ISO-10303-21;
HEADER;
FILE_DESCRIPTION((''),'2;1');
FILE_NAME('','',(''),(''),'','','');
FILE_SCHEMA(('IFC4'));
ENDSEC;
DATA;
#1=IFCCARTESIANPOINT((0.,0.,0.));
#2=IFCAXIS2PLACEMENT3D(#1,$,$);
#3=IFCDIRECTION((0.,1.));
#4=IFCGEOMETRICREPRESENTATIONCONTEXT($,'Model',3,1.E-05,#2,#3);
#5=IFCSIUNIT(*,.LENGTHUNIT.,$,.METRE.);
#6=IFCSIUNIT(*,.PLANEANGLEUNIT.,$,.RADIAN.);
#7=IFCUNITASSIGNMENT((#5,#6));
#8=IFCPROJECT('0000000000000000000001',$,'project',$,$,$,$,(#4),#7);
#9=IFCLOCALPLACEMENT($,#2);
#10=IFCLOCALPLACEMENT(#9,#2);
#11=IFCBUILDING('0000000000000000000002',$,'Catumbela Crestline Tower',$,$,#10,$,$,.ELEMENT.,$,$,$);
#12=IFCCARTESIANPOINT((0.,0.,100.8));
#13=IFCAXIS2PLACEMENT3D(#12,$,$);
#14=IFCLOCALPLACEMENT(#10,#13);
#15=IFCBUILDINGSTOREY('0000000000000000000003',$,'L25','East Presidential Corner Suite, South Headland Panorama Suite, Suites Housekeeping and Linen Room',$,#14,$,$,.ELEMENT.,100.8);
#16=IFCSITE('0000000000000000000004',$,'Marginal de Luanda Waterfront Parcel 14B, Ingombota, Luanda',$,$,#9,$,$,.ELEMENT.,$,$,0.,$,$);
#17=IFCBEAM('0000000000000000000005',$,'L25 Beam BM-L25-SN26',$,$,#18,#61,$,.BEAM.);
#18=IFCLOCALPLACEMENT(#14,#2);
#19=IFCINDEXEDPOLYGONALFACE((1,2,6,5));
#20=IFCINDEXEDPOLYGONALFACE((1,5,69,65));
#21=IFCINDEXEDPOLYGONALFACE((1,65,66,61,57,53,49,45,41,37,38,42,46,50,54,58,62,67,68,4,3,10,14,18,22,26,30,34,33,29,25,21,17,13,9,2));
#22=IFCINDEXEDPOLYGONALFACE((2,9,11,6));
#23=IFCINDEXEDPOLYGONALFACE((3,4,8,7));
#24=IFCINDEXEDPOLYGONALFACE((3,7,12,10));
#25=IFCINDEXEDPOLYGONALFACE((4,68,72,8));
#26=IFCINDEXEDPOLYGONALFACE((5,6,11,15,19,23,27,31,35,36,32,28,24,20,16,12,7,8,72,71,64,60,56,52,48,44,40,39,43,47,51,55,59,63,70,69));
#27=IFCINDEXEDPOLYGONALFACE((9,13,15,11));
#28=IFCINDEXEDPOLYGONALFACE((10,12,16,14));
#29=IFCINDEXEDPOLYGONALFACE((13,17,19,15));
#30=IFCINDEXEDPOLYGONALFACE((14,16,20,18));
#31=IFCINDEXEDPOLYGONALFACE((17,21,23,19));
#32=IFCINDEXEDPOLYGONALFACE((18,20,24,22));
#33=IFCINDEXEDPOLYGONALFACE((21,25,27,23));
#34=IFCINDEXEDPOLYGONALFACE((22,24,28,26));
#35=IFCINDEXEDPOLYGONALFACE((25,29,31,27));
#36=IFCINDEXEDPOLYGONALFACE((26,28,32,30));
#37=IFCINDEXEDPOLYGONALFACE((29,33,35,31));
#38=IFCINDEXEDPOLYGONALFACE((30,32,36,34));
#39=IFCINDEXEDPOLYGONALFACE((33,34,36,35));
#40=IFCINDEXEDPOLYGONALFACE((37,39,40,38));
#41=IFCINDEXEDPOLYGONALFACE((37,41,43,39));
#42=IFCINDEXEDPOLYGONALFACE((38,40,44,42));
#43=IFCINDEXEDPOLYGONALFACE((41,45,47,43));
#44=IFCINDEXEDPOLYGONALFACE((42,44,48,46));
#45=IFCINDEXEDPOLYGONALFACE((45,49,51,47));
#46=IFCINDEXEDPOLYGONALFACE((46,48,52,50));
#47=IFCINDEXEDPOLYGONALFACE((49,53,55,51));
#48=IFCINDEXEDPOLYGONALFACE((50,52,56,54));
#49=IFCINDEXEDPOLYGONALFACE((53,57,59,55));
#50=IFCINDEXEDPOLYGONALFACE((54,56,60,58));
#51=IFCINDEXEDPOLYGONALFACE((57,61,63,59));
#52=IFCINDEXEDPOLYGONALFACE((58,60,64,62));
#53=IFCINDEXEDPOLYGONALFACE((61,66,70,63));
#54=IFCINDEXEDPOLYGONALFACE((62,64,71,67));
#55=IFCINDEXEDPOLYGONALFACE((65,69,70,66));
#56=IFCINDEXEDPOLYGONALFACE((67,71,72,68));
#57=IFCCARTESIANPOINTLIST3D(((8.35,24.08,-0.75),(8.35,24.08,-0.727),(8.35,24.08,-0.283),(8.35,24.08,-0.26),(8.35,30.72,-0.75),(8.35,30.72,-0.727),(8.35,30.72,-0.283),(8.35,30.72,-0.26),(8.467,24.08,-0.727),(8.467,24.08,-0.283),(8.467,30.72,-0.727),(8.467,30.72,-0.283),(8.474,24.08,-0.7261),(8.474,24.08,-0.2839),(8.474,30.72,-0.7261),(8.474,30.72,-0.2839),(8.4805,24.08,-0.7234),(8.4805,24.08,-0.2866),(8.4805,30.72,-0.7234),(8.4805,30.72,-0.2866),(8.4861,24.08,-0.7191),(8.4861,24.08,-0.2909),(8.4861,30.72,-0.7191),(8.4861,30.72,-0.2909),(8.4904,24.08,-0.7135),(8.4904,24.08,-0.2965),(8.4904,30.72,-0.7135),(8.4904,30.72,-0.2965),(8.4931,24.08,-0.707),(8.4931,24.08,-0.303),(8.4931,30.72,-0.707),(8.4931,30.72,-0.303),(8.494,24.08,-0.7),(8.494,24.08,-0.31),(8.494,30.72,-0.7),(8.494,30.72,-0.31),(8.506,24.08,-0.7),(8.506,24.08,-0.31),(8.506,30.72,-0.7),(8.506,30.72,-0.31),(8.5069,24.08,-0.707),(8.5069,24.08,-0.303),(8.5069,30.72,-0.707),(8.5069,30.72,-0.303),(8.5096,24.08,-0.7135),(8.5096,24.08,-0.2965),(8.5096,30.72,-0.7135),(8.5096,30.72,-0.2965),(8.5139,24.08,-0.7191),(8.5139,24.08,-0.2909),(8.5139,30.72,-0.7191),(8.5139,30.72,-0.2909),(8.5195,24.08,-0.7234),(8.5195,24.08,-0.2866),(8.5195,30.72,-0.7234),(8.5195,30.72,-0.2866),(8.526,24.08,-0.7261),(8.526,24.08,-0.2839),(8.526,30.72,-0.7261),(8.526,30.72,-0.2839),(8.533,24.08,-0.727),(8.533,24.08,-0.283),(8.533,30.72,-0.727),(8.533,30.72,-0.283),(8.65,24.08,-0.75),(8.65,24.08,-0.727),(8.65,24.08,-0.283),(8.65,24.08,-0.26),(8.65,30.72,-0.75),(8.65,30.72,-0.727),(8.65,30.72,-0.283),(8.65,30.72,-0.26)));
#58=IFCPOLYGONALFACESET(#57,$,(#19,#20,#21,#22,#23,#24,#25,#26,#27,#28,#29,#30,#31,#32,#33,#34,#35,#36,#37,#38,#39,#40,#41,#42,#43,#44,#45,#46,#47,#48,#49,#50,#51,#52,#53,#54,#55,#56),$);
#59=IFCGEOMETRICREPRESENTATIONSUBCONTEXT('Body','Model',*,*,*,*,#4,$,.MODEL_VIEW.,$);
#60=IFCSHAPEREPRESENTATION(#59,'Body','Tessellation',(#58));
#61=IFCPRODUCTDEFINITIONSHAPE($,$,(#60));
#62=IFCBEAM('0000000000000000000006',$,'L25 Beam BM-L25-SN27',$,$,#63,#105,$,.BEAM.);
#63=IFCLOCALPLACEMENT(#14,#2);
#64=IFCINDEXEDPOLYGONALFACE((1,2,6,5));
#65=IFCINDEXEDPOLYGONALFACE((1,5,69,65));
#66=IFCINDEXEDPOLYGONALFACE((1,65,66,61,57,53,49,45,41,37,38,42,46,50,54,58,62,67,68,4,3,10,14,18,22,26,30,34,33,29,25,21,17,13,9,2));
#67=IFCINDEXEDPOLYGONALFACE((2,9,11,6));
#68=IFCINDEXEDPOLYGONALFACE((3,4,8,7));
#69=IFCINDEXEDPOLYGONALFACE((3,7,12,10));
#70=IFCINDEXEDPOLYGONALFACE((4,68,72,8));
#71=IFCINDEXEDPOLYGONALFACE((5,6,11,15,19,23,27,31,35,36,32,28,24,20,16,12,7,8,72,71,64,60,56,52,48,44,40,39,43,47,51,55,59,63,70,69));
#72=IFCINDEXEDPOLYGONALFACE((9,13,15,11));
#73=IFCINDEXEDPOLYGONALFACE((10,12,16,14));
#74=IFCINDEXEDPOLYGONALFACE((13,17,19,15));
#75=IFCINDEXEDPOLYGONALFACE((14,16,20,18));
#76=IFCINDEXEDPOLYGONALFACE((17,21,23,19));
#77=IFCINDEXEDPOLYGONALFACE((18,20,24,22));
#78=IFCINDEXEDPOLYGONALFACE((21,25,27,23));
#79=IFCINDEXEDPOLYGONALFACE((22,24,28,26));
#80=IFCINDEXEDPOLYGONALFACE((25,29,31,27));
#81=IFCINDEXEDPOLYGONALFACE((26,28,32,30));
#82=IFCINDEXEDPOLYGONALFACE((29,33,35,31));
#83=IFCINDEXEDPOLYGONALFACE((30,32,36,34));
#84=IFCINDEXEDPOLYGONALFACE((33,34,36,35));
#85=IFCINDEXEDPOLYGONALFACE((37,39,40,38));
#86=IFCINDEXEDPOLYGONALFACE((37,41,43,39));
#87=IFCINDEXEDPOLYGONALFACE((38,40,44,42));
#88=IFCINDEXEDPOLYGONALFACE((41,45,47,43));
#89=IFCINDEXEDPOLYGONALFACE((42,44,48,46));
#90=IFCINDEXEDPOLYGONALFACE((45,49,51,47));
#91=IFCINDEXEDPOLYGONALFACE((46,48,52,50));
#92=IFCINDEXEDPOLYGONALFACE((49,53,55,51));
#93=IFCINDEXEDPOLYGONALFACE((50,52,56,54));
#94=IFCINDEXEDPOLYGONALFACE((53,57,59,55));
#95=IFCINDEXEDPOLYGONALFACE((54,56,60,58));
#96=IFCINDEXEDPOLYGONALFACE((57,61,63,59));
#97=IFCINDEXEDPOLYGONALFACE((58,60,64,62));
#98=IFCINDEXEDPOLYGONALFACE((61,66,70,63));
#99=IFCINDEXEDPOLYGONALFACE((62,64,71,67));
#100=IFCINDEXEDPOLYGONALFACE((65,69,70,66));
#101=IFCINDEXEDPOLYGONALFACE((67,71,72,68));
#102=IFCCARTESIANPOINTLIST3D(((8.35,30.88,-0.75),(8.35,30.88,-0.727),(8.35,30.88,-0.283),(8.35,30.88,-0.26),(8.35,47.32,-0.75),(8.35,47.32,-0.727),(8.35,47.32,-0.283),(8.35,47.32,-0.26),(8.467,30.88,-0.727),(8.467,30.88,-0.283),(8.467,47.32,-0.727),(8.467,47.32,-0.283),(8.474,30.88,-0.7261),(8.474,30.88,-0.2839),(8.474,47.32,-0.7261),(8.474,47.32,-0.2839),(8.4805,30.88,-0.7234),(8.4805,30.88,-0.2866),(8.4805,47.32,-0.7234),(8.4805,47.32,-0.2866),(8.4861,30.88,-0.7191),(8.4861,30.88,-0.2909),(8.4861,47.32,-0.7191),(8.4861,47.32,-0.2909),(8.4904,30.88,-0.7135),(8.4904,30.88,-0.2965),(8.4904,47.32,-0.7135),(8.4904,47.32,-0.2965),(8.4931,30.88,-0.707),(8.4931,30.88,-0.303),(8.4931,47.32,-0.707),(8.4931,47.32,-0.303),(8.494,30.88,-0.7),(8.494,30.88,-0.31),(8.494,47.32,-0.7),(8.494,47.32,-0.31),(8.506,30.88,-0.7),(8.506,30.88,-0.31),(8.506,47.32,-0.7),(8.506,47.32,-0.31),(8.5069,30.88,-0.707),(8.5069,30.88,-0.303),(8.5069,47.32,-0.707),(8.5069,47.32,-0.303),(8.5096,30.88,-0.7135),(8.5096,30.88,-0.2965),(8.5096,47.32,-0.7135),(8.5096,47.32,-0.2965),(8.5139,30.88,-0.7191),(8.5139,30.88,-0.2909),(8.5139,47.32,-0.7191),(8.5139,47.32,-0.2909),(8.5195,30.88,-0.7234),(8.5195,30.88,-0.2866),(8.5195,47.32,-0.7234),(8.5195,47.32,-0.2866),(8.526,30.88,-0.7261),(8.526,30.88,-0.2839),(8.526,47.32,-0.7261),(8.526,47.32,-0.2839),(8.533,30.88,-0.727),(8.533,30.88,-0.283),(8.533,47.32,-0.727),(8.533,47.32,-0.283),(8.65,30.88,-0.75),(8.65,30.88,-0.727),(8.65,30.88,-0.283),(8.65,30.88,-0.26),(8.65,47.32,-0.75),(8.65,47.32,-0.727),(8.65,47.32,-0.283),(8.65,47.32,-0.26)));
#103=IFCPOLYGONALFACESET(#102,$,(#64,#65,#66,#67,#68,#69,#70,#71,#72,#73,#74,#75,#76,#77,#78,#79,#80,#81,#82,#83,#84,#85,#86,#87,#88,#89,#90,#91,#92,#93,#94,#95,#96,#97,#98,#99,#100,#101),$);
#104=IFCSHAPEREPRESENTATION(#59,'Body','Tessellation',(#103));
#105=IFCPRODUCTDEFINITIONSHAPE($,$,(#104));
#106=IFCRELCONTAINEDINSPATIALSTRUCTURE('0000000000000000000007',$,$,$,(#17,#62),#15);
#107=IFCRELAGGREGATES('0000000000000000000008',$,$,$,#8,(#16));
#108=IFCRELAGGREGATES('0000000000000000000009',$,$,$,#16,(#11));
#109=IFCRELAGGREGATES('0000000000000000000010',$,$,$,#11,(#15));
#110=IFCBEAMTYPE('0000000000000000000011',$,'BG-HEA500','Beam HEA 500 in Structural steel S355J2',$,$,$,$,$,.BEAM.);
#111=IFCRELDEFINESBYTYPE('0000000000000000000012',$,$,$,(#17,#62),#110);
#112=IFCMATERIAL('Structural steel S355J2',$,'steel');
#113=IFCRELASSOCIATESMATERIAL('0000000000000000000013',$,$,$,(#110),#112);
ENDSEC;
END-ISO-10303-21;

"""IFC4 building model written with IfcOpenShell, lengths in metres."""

from ifc_helpers import new_model, si_unit, direction, frame, origin, origin_2d, place, context, subcontext, project, spatial, i_section, extrude, material, material_profile, profile_set, type_object, element, save


model = new_model("IFC4")

# Units and contexts
model_context = context("Model", 3, precision=1e-05, world=origin(), true_north=direction((0.0, 1.0)))
body_context = subcontext(model_context, "Body", "Model", "MODEL_VIEW")
ifc_project = project(units=[si_unit("LENGTHUNIT", "METRE"), si_unit("PLANEANGLEUNIT", "RADIAN")], contexts=[model_context])

# Site, building, storey
site_placement = place(None, origin())
site = spatial("IfcSite", under=ifc_project, at=site_placement, Name="Marginal de Luanda Waterfront Parcel 14B, Ingombota, Luanda", CompositionType="ELEMENT", RefElevation=0.0)
building_placement = place(site_placement, origin())
building = spatial("IfcBuilding", under=site, at=building_placement, Name="Catumbela Crestline Tower", CompositionType="ELEMENT")
storey_placement = place(building_placement, frame((0.0, 0.0, 100.8)))
storey = spatial("IfcBuildingStorey", under=building, at=storey_placement, Name="L25", Description="East Presidential Corner Suite, South Headland Panorama Suite, Suites Housekeeping and Linen Room", CompositionType="ELEMENT", Elevation=100.8)

# Beams
ifc_material_1 = material(Name="Structural steel S355J2", Category="steel")
ifc_material_profile_1 = material_profile(ifc_material_1, i_section(OverallWidth=0.3, OverallDepth=0.49, WebThickness=0.012, FlangeThickness=0.023, FilletRadius=0.027, at=origin_2d()), Name="HEA 500")
ifc_profile_set_1 = profile_set([ifc_material_profile_1], Name="Structural steel S355J2")
beam_type = type_object("IfcBeamType", Name="BG-HEA500", Description="Beam HEA 500 in Structural steel S355J2", PredefinedType="BEAM", material=ifc_profile_set_1)
beam_1_placement = place(storey_placement, frame((8.5, 24.08, -0.505), z_axis=(0.0, 1.0, 0.0), x_axis=(-1.0, 0.0, 0.0)))
element("IfcBeam", 1, at=beam_1_placement, inside=storey, type_object=beam_type, Name="L25 Beam BM-L25-SN26", PredefinedType="BEAM", context=body_context, shape_type="SweptSolid", body=[
    extrude(i_section(OverallWidth=0.3, OverallDepth=0.49, WebThickness=0.012, FlangeThickness=0.023, FilletRadius=0.027, at=origin_2d()), origin(), (0.0, 0.0, 1.0), 6.64),
])
beam_2_placement = place(storey_placement, frame((8.5, 30.88, -0.505), z_axis=(0.0, 1.0, 0.0), x_axis=(-1.0, 0.0, 0.0)))
element("IfcBeam", 2, at=beam_2_placement, inside=storey, type_object=beam_type, Name="L25 Beam BM-L25-SN27", PredefinedType="BEAM", context=body_context, shape_type="SweptSolid", body=[
    extrude(i_section(OverallWidth=0.3, OverallDepth=0.49, WebThickness=0.012, FlangeThickness=0.023, FilletRadius=0.027, at=origin_2d()), origin(), (0.0, 0.0, 1.0), 16.44),
])

save(model, "model.ifc")
